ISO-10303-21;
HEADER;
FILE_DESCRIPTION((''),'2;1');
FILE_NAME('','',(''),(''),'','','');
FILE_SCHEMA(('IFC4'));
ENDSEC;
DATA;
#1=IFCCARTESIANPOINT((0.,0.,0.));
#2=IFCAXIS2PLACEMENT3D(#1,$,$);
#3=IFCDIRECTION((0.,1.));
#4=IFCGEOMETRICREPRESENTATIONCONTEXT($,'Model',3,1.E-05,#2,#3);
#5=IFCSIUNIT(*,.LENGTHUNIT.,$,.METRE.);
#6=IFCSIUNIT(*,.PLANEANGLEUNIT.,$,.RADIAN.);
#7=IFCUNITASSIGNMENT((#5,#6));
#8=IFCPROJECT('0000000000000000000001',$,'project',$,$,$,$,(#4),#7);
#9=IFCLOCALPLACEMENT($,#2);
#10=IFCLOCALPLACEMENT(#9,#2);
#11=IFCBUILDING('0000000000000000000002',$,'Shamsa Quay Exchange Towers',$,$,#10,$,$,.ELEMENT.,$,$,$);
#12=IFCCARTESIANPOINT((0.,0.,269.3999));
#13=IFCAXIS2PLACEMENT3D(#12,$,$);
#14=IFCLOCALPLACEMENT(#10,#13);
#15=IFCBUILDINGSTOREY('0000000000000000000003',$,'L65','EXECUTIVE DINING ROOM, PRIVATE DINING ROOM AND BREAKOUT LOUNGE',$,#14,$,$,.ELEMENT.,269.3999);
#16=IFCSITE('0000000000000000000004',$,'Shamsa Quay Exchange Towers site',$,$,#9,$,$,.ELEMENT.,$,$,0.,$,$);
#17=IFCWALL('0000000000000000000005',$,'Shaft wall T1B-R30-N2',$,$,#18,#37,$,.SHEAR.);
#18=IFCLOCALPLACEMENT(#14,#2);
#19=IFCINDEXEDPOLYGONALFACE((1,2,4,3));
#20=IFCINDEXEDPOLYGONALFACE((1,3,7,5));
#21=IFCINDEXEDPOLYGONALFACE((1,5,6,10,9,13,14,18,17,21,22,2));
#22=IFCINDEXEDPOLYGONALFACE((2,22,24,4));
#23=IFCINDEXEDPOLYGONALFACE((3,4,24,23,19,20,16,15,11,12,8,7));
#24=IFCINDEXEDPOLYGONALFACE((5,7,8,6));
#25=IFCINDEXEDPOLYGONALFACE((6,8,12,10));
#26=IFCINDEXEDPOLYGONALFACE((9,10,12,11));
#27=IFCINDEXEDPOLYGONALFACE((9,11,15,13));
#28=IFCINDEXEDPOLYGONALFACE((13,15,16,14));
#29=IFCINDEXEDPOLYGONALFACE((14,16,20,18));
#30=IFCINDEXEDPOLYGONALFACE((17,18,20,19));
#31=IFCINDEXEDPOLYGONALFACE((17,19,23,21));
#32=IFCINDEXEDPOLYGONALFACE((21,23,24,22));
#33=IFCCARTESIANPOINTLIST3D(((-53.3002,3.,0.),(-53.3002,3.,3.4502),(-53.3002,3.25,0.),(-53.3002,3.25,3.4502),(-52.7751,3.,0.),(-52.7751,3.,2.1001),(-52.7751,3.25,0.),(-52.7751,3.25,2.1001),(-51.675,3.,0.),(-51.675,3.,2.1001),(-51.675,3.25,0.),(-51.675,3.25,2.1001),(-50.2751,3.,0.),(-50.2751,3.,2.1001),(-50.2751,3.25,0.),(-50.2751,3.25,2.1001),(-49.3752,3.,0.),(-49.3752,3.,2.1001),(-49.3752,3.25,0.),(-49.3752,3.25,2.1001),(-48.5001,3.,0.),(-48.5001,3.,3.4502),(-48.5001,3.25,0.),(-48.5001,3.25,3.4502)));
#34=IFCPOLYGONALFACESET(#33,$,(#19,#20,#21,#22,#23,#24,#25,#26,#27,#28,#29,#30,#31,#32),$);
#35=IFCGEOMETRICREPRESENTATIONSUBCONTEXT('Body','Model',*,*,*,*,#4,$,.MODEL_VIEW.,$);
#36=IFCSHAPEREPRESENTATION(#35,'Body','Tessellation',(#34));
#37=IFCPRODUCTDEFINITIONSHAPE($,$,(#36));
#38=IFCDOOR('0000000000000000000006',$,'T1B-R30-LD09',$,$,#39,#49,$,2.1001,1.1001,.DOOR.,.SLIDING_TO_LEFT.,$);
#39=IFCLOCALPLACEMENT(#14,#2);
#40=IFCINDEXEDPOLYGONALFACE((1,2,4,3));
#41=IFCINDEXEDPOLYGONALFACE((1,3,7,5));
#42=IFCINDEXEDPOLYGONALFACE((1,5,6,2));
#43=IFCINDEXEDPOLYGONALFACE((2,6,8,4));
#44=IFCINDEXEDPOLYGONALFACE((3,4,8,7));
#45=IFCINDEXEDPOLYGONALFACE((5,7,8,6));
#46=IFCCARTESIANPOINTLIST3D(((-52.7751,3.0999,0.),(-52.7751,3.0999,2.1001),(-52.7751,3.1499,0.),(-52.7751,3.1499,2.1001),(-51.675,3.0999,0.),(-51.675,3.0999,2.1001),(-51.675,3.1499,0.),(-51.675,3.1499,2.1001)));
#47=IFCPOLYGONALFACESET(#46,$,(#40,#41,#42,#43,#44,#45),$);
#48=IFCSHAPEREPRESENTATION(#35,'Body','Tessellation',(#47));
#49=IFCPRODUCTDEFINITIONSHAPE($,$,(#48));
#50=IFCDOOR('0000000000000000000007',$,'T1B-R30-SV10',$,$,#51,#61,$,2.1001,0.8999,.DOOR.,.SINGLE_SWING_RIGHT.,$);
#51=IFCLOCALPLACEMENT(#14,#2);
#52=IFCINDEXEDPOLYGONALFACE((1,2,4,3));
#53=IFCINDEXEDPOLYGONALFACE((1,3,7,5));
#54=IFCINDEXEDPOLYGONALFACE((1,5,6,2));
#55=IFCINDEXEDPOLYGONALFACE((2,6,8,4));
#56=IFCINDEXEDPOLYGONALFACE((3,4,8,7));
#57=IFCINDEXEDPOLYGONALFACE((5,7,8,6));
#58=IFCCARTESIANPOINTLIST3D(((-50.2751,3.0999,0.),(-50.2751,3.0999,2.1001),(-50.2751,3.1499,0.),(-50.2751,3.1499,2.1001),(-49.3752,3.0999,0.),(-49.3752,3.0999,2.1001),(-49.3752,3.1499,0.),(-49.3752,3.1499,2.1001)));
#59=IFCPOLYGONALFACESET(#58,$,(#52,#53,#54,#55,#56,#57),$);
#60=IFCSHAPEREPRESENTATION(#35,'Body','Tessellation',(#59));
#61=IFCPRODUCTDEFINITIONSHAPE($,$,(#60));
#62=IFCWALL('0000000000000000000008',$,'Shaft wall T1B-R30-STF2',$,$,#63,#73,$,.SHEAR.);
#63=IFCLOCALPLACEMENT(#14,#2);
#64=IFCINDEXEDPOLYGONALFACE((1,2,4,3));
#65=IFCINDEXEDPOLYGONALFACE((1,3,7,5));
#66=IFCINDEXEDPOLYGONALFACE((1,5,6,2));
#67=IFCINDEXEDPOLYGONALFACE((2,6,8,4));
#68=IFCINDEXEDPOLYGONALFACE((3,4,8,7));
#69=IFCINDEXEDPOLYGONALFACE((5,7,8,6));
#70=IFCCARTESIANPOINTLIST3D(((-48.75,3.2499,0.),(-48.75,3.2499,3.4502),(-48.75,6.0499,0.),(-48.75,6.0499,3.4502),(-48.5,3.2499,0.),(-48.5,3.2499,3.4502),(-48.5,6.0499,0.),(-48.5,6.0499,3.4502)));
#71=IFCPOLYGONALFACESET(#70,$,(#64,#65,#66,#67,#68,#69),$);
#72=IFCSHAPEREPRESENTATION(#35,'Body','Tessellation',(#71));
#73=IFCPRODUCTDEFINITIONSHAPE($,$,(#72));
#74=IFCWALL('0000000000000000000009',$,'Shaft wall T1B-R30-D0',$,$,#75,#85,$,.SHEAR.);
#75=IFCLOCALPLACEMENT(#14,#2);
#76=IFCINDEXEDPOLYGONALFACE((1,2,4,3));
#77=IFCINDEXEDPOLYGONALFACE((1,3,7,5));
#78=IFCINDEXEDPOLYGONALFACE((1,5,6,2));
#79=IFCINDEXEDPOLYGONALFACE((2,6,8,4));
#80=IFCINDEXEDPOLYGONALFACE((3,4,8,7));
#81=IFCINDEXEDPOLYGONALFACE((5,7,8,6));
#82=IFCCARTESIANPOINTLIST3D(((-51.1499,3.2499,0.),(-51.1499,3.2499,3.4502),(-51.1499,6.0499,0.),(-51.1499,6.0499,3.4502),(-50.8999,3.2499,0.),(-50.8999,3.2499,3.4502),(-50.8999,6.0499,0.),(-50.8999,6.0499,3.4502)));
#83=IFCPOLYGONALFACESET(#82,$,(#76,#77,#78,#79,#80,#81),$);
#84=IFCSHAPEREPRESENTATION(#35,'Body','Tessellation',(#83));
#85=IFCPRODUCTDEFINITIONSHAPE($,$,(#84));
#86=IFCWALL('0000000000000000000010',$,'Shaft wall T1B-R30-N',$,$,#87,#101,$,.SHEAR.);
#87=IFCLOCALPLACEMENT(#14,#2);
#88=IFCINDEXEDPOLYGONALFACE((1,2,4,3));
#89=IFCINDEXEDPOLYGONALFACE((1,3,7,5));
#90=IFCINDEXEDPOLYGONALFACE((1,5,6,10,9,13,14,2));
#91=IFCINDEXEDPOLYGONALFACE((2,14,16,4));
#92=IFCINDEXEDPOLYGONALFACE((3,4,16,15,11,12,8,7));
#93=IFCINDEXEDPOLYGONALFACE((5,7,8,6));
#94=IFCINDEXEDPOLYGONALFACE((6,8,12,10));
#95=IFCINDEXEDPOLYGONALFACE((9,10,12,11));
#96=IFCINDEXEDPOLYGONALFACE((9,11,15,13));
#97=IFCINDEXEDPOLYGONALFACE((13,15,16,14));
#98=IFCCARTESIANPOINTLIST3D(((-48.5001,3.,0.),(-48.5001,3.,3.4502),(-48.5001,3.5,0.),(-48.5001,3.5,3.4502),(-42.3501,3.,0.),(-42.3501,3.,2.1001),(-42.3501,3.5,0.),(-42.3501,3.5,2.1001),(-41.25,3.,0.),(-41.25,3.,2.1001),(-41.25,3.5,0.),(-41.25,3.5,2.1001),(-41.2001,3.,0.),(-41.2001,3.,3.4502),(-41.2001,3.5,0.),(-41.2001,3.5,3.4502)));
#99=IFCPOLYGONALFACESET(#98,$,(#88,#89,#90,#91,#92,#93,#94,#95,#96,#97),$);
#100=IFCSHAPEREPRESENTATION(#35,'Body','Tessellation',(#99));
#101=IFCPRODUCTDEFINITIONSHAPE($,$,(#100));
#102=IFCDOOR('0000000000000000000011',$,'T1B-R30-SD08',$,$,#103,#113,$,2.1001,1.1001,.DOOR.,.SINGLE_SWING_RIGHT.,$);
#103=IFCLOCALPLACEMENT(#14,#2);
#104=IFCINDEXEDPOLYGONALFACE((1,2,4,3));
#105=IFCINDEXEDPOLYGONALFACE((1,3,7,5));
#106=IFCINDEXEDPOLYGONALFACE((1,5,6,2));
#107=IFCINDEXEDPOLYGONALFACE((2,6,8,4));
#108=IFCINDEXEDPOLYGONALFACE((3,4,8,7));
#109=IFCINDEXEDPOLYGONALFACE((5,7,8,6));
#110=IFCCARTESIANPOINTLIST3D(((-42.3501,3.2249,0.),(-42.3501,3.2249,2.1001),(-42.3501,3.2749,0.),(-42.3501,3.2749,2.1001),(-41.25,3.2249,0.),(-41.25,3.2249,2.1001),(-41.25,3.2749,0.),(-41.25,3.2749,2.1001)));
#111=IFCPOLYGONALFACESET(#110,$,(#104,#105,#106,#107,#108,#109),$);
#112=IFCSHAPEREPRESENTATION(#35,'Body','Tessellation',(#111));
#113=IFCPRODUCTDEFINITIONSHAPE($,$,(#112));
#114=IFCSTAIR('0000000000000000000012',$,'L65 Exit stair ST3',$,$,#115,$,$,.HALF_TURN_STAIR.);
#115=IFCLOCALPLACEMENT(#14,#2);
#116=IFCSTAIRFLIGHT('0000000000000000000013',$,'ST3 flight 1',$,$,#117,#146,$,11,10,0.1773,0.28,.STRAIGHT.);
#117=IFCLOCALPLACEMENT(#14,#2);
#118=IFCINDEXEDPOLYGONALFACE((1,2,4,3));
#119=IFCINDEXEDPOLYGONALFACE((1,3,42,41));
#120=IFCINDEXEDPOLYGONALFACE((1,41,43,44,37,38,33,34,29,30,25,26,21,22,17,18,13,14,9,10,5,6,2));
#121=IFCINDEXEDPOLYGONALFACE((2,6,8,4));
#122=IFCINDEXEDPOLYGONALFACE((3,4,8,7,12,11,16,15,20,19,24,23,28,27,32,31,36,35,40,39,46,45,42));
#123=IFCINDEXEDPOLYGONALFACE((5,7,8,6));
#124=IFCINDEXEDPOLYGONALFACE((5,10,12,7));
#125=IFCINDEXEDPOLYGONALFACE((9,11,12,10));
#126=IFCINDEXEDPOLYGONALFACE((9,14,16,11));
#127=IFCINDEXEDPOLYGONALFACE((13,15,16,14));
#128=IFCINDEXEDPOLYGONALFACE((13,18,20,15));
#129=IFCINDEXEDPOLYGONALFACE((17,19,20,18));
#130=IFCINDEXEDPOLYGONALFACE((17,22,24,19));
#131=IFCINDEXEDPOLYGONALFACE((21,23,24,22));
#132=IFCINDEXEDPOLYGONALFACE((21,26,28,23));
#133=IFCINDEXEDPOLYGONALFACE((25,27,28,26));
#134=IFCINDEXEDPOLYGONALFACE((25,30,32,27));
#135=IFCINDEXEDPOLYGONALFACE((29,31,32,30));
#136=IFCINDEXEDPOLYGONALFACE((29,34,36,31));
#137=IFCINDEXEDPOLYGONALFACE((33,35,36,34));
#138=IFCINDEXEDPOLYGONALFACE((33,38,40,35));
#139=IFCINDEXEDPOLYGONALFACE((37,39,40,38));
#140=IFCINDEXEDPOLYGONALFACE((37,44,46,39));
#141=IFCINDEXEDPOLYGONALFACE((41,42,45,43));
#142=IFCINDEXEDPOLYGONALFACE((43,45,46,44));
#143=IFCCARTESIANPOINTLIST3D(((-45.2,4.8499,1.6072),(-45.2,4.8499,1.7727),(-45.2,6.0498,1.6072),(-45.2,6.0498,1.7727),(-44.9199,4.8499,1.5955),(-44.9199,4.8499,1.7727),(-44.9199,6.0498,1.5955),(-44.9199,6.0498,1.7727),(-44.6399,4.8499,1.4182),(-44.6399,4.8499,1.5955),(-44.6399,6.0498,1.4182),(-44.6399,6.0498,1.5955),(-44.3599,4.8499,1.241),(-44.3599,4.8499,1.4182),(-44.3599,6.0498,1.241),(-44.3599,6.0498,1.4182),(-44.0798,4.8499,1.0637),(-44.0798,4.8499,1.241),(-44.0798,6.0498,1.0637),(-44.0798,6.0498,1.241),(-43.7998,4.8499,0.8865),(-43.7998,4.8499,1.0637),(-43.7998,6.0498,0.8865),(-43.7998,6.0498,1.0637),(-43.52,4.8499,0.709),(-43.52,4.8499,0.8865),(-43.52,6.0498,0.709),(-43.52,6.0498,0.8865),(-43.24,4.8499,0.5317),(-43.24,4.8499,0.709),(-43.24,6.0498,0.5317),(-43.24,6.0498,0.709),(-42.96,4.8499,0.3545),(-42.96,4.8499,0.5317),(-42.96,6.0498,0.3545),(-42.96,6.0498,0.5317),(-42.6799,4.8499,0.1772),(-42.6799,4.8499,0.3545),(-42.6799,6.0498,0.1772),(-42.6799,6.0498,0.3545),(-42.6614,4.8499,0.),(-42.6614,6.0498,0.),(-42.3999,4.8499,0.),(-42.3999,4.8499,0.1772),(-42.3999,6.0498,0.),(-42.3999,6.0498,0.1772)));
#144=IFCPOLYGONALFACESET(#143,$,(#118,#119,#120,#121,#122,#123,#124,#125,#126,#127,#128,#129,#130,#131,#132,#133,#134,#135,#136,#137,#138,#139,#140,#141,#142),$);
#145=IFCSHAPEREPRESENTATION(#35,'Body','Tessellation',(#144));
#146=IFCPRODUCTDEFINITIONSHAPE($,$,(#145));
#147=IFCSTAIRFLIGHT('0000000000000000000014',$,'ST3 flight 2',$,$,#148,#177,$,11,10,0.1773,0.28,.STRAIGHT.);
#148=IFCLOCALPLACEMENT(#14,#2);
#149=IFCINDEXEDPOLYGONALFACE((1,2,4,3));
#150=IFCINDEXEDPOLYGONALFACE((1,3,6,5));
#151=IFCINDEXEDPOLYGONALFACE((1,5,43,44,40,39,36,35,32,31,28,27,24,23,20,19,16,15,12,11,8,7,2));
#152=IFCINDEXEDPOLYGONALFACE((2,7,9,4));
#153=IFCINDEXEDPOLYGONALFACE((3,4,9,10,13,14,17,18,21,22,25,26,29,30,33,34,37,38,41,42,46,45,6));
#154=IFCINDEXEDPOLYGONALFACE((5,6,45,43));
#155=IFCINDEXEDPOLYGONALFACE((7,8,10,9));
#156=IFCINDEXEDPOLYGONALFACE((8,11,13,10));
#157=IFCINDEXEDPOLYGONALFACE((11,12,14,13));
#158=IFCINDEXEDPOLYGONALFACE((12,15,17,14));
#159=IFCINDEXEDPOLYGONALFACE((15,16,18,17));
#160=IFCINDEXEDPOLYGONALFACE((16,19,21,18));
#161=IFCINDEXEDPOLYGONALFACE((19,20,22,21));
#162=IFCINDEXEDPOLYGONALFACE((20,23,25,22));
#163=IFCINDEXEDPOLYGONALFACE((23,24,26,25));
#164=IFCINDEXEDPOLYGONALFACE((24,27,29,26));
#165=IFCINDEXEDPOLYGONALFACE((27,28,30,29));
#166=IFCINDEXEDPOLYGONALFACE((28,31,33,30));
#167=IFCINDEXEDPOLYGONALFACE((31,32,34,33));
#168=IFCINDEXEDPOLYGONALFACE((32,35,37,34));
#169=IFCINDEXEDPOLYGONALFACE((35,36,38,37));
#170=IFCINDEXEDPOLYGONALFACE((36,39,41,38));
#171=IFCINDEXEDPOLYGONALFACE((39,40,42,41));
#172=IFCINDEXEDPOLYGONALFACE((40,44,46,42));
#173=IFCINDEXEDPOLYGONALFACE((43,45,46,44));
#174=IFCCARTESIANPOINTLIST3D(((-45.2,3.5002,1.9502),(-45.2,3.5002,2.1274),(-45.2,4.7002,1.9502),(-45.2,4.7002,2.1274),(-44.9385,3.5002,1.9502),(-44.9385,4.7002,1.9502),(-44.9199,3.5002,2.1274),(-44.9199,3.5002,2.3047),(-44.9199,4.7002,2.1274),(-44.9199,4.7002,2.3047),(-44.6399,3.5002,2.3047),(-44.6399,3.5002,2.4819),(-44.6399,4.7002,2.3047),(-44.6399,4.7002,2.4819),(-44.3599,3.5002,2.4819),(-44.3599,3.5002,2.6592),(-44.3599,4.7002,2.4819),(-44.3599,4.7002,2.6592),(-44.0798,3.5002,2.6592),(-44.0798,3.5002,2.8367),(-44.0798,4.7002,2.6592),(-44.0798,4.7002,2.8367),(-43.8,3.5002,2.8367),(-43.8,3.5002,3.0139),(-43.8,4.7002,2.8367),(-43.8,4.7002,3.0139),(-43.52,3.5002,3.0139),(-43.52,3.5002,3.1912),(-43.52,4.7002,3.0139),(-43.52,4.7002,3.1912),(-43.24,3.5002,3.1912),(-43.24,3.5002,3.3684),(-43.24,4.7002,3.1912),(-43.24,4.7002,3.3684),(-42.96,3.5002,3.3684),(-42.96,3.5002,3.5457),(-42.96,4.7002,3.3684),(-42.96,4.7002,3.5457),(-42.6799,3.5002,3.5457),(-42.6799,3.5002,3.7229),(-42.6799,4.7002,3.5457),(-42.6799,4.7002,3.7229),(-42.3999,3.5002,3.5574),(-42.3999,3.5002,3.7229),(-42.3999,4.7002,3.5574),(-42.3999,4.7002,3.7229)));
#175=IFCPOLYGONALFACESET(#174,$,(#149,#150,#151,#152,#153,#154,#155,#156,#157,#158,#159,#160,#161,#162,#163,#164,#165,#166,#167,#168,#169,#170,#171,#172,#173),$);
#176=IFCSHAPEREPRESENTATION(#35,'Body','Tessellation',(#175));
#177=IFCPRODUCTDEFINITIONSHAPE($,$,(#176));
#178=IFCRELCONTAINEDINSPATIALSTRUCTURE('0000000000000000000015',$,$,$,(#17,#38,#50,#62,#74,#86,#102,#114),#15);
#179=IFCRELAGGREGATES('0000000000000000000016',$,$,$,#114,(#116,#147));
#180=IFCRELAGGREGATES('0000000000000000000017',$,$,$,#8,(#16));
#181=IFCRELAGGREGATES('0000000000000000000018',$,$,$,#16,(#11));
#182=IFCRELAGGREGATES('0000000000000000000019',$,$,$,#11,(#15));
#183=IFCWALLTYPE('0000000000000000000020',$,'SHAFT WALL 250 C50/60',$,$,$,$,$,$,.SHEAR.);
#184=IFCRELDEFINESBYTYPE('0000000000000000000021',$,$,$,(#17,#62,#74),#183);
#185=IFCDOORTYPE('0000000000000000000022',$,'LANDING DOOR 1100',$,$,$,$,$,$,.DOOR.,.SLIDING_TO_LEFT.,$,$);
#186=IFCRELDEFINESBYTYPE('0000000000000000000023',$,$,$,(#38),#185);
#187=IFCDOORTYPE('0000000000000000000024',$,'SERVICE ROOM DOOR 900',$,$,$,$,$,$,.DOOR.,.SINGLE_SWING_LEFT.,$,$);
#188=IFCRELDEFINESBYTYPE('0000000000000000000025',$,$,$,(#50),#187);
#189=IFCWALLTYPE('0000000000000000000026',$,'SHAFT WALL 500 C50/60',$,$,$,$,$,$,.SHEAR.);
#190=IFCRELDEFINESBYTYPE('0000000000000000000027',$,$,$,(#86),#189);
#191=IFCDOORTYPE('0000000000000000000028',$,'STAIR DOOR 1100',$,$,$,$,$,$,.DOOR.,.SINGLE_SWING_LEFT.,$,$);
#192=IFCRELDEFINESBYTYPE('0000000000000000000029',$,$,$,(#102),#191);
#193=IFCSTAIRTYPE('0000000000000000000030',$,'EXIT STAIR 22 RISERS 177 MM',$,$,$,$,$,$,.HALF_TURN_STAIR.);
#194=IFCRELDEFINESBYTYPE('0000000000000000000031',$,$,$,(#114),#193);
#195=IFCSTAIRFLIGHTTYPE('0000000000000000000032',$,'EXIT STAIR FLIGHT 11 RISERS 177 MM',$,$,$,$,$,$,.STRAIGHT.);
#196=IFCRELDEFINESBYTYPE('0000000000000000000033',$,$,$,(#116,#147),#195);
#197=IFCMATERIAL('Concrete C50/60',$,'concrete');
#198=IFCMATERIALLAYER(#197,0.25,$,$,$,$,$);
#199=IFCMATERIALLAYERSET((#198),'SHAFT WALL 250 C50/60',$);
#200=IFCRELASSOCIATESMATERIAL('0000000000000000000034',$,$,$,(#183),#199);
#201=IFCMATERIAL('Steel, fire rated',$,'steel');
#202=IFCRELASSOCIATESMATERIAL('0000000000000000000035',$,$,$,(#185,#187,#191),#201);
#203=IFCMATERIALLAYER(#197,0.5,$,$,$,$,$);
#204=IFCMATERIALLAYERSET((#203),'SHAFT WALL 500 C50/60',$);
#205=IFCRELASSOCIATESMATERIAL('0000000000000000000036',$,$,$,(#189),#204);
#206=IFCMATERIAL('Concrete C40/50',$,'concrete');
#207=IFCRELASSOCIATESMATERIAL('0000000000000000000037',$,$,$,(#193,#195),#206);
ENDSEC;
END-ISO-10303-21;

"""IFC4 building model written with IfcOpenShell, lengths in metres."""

from ifc_helpers import new_model, si_unit, direction, frame, frame_2d, origin, place, context, subcontext, project, spatial, polyline, rectangle, outline, extrude, material, layer, layer_set, type_object, element, fill, aggregate, save


model = new_model("IFC4")

# Units and contexts
model_context = context("Model", 3, precision=1e-05, world=origin(), true_north=direction((0.0, 1.0)))
body_context = subcontext(model_context, "Body", "Model", "MODEL_VIEW")
ifc_project = project(units=[si_unit("LENGTHUNIT", "METRE"), si_unit("PLANEANGLEUNIT", "RADIAN")], contexts=[model_context])

# Site, building, storey
site_placement = place(None, origin())
site = spatial("IfcSite", under=ifc_project, at=site_placement, Name="Shamsa Quay Exchange Towers site", CompositionType="ELEMENT", RefElevation=0.0)
building_placement = place(site_placement, origin())
building = spatial("IfcBuilding", under=site, at=building_placement, Name="Shamsa Quay Exchange Towers", CompositionType="ELEMENT")
storey_placement = place(building_placement, frame((0.0, 0.0, 269.3999)))
storey = spatial("IfcBuildingStorey", under=building, at=storey_placement, Name="L65", Description="EXECUTIVE DINING ROOM, PRIVATE DINING ROOM AND BREAKOUT LOUNGE", CompositionType="ELEMENT", Elevation=269.3999)

# Wall, openings, doors
ifc_material_1 = material(Name="Concrete C50/60", Category="concrete")
ifc_layer_1 = layer(ifc_material_1, 0.25)
ifc_layer_set_1 = layer_set([ifc_layer_1], Name="SHAFT WALL 250 C50/60")
wall_type_1 = type_object("IfcWallType", Name="SHAFT WALL 250 C50/60", PredefinedType="SHEAR", material=ifc_layer_set_1)
wall_1_placement = place(storey_placement, frame((-53.3, 3.125, 0.0)))
wall_1 = element("IfcWall", 1, at=wall_1_placement, inside=storey, type_object=wall_type_1, Name="Shaft wall T1B-R30-N2", PredefinedType="SHEAR", context=body_context, shape_type="SweptSolid", body=[
    extrude(rectangle(XDim=4.8, YDim=0.25, at=frame_2d((2.3999, 0.0))), origin(), (0.0, 0.0, 1.0), 3.4502),
])
opening_1_placement = place(wall_1_placement, frame((0.5249, 0.0, 0.0)))
opening_1 = element("IfcOpeningElement", 2, at=opening_1_placement, cuts=wall_1, PredefinedType="OPENING", context=body_context, shape_type="SweptSolid", body=[
    extrude(rectangle(XDim=1.1001, YDim=2.1001, at=frame_2d((0.55, 1.05))), frame((0.0, 0.135, 0.0), z_axis=(0.0, -1.0, 0.0), x_axis=(1.0, 0.0, 0.0)), (0.0, 0.0, 1.0), 0.27),
])
opening_2_placement = place(wall_1_placement, frame((3.0249, 0.0, 0.0)))
opening_2 = element("IfcOpeningElement", 3, at=opening_2_placement, cuts=wall_1, PredefinedType="OPENING", context=body_context, shape_type="SweptSolid", body=[
    extrude(rectangle(XDim=0.8999, YDim=2.1001, at=frame_2d((0.45, 1.05))), frame((0.0, 0.135, 0.0), z_axis=(0.0, -1.0, 0.0), x_axis=(1.0, 0.0, 0.0)), (0.0, 0.0, 1.0), 0.27),
])
ifc_material_2 = material(Name="Steel, fire rated", Category="steel")
door_type_1 = type_object("IfcDoorType", Name="LANDING DOOR 1100", OperationType="SLIDING_TO_LEFT", PredefinedType="DOOR", material=ifc_material_2)
door_1_placement = place(opening_1_placement, origin())
door_1 = element("IfcDoor", 4, at=door_1_placement, inside=storey, type_object=door_type_1, Name="T1B-R30-LD09", OperationType="SLIDING_TO_LEFT", OverallHeight=2.1001, OverallWidth=1.1001, PredefinedType="DOOR", context=body_context, shape_type="SweptSolid", body=[
    extrude(rectangle(XDim=1.1001, YDim=2.1001, at=frame_2d((0.55, 1.05))), frame((0.0, 0.0249, 0.0), z_axis=(0.0, -1.0, 0.0), x_axis=(1.0, 0.0, 0.0)), (0.0, 0.0, 1.0), 0.05),
])
fill(opening_1, door_1)
door_type_2 = type_object("IfcDoorType", Name="SERVICE ROOM DOOR 900", OperationType="SINGLE_SWING_LEFT", PredefinedType="DOOR", material=ifc_material_2)
door_2_placement = place(opening_2_placement, origin())
door_2 = element("IfcDoor", 5, at=door_2_placement, inside=storey, type_object=door_type_2, Name="T1B-R30-SV10", OperationType="SINGLE_SWING_RIGHT", OverallHeight=2.1001, OverallWidth=0.8999, PredefinedType="DOOR", context=body_context, shape_type="SweptSolid", body=[
    extrude(rectangle(XDim=0.8999, YDim=2.1001, at=frame_2d((0.45, 1.05))), frame((0.0, 0.0249, 0.0), z_axis=(0.0, -1.0, 0.0), x_axis=(1.0, 0.0, 0.0)), (0.0, 0.0, 1.0), 0.05),
])
fill(opening_2, door_2)

# Walls
for number, where, z_axis, x_axis, name in (
    (6, (-48.625, 3.25, 0.0), (0.0, 0.0, 1.0), (0.0, 1.0, 0.0), "Shaft wall T1B-R30-STF2"),
    (7, (-51.0249, 3.25, 0.0), (0.0, 0.0, 1.0), (0.0, 1.0, 0.0), "Shaft wall T1B-R30-D0"),
):
    element("IfcWall", number, at=place(storey_placement, frame(where, z_axis=z_axis, x_axis=x_axis)), inside=storey, type_object=wall_type_1, Name=name, PredefinedType="SHEAR", context=body_context, shape_type="SweptSolid", body=[
        extrude(rectangle(XDim=2.8, YDim=0.25, at=frame_2d((1.3999, 0.0))), origin(), (0.0, 0.0, 1.0), 3.4502),
    ])

# Wall, opening, door
ifc_layer_2 = layer(ifc_material_1, 0.5)
ifc_layer_set_2 = layer_set([ifc_layer_2], Name="SHAFT WALL 500 C50/60")
wall_type_2 = type_object("IfcWallType", Name="SHAFT WALL 500 C50/60", PredefinedType="SHEAR", material=ifc_layer_set_2)
wall_2_placement = place(storey_placement, frame((-48.5, 3.25, 0.0)))
wall_2 = element("IfcWall", 8, at=wall_2_placement, inside=storey, type_object=wall_type_2, Name="Shaft wall T1B-R30-N", PredefinedType="SHEAR", context=body_context, shape_type="SweptSolid", body=[
    extrude(rectangle(XDim=7.3, YDim=0.5, at=frame_2d((3.6499, 0.0))), origin(), (0.0, 0.0, 1.0), 3.4502),
])
opening_3_placement = place(wall_2_placement, frame((6.1499, 0.0, 0.0)))
opening_3 = element("IfcOpeningElement", 9, at=opening_3_placement, cuts=wall_2, PredefinedType="OPENING", context=body_context, shape_type="SweptSolid", body=[
    extrude(rectangle(XDim=1.1001, YDim=2.1001, at=frame_2d((0.55, 1.05))), frame((0.0, 0.26, 0.0), z_axis=(0.0, -1.0, 0.0), x_axis=(1.0, 0.0, 0.0)), (0.0, 0.0, 1.0), 0.52),
])
door_type_3 = type_object("IfcDoorType", Name="STAIR DOOR 1100", OperationType="SINGLE_SWING_LEFT", PredefinedType="DOOR", material=ifc_material_2)
door_3_placement = place(opening_3_placement, origin())
door_3 = element("IfcDoor", 10, at=door_3_placement, inside=storey, type_object=door_type_3, Name="T1B-R30-SD08", OperationType="SINGLE_SWING_RIGHT", OverallHeight=2.1001, OverallWidth=1.1001, PredefinedType="DOOR", context=body_context, shape_type="SweptSolid", body=[
    extrude(rectangle(XDim=1.1001, YDim=2.1001, at=frame_2d((0.55, 1.05))), frame((0.0, 0.0249, 0.0), z_axis=(0.0, -1.0, 0.0), x_axis=(1.0, 0.0, 0.0)), (0.0, 0.0, 1.0), 0.05),
])
fill(opening_3, door_3)

# Stair, stair flights
ifc_material_3 = material(Name="Concrete C40/50", Category="concrete")
stair_type = type_object("IfcStairType", Name="EXIT STAIR 22 RISERS 177 MM", PredefinedType="HALF_TURN_STAIR", material=ifc_material_3)
stair_placement = place(storey_placement, origin())
stair = element("IfcStair", 11, at=stair_placement, inside=storey, type_object=stair_type, Name="L65 Exit stair ST3", PredefinedType="HALF_TURN_STAIR")
stair_flight_type = type_object("IfcStairFlightType", Name="EXIT STAIR FLIGHT 11 RISERS 177 MM", PredefinedType="STRAIGHT", material=ifc_material_3)
stair_flight_1_placement = place(storey_placement, frame((-42.3999, 5.45, 0.0), z_axis=(0.0, 0.0, 1.0), x_axis=(-1.0, 0.0, 0.0)))
stair_flight_1 = element("IfcStairFlight", 12, at=stair_flight_1_placement, type_object=stair_flight_type, Name="ST3 flight 1", NumberOfRisers=11, NumberOfTreads=10, PredefinedType="STRAIGHT", RiserHeight=0.1773, TreadLength=0.28, context=body_context, shape_type="SweptSolid", body=[
    extrude(outline(polyline([(0.0, 0.0), (0.0, 0.1772), (0.28, 0.1772), (0.28, 0.3545), (0.5601, 0.3545), (0.5601, 0.5317), (0.8401, 0.5317), (0.8401, 0.709), (1.1201, 0.709), (1.1201, 0.8865), (1.3999, 0.8865), (1.3999, 1.0637), (1.6799, 1.0637), (1.6799, 1.241), (1.96, 1.241), (1.96, 1.4182), (2.24, 1.4182), (2.24, 1.5955), (2.52, 1.5955), (2.52, 1.7727), (2.8, 1.7727), (2.8, 1.95), (2.8, 1.6072), (0.2615, 0.0), (0.0, 0.0)])), frame((0.0, 0.6001, 0.0), z_axis=(0.0, -1.0, 0.0), x_axis=(1.0, 0.0, 0.0)), (0.0, 0.0, 1.0), 1.2),
])
stair_flight_2_placement = place(storey_placement, frame((-45.2, 4.1001, 1.9502)))
stair_flight_2 = element("IfcStairFlight", 13, at=stair_flight_2_placement, type_object=stair_flight_type, Name="ST3 flight 2", NumberOfRisers=11, NumberOfTreads=10, PredefinedType="STRAIGHT", RiserHeight=0.1773, TreadLength=0.28, context=body_context, shape_type="SweptSolid", body=[
    extrude(outline(polyline([(0.0, 0.0), (0.0, 0.1772), (0.28, 0.1772), (0.28, 0.3545), (0.5601, 0.3545), (0.5601, 0.5317), (0.8401, 0.5317), (0.8401, 0.709), (1.1201, 0.709), (1.1201, 0.8865), (1.3999, 0.8865), (1.3999, 1.0637), (1.6799, 1.0637), (1.6799, 1.241), (1.96, 1.241), (1.96, 1.4182), (2.24, 1.4182), (2.24, 1.5955), (2.52, 1.5955), (2.52, 1.7727), (2.8, 1.7727), (2.8, 1.95), (2.8, 1.6072), (0.2615, 0.0), (0.0, 0.0)])), frame((0.0, 0.6001, 0.0), z_axis=(0.0, -1.0, 0.0), x_axis=(1.0, 0.0, 0.0)), (0.0, 0.0, 1.0), 1.2),
])
aggregate(stair, [stair_flight_1, stair_flight_2])

save(model, "model.ifc")
